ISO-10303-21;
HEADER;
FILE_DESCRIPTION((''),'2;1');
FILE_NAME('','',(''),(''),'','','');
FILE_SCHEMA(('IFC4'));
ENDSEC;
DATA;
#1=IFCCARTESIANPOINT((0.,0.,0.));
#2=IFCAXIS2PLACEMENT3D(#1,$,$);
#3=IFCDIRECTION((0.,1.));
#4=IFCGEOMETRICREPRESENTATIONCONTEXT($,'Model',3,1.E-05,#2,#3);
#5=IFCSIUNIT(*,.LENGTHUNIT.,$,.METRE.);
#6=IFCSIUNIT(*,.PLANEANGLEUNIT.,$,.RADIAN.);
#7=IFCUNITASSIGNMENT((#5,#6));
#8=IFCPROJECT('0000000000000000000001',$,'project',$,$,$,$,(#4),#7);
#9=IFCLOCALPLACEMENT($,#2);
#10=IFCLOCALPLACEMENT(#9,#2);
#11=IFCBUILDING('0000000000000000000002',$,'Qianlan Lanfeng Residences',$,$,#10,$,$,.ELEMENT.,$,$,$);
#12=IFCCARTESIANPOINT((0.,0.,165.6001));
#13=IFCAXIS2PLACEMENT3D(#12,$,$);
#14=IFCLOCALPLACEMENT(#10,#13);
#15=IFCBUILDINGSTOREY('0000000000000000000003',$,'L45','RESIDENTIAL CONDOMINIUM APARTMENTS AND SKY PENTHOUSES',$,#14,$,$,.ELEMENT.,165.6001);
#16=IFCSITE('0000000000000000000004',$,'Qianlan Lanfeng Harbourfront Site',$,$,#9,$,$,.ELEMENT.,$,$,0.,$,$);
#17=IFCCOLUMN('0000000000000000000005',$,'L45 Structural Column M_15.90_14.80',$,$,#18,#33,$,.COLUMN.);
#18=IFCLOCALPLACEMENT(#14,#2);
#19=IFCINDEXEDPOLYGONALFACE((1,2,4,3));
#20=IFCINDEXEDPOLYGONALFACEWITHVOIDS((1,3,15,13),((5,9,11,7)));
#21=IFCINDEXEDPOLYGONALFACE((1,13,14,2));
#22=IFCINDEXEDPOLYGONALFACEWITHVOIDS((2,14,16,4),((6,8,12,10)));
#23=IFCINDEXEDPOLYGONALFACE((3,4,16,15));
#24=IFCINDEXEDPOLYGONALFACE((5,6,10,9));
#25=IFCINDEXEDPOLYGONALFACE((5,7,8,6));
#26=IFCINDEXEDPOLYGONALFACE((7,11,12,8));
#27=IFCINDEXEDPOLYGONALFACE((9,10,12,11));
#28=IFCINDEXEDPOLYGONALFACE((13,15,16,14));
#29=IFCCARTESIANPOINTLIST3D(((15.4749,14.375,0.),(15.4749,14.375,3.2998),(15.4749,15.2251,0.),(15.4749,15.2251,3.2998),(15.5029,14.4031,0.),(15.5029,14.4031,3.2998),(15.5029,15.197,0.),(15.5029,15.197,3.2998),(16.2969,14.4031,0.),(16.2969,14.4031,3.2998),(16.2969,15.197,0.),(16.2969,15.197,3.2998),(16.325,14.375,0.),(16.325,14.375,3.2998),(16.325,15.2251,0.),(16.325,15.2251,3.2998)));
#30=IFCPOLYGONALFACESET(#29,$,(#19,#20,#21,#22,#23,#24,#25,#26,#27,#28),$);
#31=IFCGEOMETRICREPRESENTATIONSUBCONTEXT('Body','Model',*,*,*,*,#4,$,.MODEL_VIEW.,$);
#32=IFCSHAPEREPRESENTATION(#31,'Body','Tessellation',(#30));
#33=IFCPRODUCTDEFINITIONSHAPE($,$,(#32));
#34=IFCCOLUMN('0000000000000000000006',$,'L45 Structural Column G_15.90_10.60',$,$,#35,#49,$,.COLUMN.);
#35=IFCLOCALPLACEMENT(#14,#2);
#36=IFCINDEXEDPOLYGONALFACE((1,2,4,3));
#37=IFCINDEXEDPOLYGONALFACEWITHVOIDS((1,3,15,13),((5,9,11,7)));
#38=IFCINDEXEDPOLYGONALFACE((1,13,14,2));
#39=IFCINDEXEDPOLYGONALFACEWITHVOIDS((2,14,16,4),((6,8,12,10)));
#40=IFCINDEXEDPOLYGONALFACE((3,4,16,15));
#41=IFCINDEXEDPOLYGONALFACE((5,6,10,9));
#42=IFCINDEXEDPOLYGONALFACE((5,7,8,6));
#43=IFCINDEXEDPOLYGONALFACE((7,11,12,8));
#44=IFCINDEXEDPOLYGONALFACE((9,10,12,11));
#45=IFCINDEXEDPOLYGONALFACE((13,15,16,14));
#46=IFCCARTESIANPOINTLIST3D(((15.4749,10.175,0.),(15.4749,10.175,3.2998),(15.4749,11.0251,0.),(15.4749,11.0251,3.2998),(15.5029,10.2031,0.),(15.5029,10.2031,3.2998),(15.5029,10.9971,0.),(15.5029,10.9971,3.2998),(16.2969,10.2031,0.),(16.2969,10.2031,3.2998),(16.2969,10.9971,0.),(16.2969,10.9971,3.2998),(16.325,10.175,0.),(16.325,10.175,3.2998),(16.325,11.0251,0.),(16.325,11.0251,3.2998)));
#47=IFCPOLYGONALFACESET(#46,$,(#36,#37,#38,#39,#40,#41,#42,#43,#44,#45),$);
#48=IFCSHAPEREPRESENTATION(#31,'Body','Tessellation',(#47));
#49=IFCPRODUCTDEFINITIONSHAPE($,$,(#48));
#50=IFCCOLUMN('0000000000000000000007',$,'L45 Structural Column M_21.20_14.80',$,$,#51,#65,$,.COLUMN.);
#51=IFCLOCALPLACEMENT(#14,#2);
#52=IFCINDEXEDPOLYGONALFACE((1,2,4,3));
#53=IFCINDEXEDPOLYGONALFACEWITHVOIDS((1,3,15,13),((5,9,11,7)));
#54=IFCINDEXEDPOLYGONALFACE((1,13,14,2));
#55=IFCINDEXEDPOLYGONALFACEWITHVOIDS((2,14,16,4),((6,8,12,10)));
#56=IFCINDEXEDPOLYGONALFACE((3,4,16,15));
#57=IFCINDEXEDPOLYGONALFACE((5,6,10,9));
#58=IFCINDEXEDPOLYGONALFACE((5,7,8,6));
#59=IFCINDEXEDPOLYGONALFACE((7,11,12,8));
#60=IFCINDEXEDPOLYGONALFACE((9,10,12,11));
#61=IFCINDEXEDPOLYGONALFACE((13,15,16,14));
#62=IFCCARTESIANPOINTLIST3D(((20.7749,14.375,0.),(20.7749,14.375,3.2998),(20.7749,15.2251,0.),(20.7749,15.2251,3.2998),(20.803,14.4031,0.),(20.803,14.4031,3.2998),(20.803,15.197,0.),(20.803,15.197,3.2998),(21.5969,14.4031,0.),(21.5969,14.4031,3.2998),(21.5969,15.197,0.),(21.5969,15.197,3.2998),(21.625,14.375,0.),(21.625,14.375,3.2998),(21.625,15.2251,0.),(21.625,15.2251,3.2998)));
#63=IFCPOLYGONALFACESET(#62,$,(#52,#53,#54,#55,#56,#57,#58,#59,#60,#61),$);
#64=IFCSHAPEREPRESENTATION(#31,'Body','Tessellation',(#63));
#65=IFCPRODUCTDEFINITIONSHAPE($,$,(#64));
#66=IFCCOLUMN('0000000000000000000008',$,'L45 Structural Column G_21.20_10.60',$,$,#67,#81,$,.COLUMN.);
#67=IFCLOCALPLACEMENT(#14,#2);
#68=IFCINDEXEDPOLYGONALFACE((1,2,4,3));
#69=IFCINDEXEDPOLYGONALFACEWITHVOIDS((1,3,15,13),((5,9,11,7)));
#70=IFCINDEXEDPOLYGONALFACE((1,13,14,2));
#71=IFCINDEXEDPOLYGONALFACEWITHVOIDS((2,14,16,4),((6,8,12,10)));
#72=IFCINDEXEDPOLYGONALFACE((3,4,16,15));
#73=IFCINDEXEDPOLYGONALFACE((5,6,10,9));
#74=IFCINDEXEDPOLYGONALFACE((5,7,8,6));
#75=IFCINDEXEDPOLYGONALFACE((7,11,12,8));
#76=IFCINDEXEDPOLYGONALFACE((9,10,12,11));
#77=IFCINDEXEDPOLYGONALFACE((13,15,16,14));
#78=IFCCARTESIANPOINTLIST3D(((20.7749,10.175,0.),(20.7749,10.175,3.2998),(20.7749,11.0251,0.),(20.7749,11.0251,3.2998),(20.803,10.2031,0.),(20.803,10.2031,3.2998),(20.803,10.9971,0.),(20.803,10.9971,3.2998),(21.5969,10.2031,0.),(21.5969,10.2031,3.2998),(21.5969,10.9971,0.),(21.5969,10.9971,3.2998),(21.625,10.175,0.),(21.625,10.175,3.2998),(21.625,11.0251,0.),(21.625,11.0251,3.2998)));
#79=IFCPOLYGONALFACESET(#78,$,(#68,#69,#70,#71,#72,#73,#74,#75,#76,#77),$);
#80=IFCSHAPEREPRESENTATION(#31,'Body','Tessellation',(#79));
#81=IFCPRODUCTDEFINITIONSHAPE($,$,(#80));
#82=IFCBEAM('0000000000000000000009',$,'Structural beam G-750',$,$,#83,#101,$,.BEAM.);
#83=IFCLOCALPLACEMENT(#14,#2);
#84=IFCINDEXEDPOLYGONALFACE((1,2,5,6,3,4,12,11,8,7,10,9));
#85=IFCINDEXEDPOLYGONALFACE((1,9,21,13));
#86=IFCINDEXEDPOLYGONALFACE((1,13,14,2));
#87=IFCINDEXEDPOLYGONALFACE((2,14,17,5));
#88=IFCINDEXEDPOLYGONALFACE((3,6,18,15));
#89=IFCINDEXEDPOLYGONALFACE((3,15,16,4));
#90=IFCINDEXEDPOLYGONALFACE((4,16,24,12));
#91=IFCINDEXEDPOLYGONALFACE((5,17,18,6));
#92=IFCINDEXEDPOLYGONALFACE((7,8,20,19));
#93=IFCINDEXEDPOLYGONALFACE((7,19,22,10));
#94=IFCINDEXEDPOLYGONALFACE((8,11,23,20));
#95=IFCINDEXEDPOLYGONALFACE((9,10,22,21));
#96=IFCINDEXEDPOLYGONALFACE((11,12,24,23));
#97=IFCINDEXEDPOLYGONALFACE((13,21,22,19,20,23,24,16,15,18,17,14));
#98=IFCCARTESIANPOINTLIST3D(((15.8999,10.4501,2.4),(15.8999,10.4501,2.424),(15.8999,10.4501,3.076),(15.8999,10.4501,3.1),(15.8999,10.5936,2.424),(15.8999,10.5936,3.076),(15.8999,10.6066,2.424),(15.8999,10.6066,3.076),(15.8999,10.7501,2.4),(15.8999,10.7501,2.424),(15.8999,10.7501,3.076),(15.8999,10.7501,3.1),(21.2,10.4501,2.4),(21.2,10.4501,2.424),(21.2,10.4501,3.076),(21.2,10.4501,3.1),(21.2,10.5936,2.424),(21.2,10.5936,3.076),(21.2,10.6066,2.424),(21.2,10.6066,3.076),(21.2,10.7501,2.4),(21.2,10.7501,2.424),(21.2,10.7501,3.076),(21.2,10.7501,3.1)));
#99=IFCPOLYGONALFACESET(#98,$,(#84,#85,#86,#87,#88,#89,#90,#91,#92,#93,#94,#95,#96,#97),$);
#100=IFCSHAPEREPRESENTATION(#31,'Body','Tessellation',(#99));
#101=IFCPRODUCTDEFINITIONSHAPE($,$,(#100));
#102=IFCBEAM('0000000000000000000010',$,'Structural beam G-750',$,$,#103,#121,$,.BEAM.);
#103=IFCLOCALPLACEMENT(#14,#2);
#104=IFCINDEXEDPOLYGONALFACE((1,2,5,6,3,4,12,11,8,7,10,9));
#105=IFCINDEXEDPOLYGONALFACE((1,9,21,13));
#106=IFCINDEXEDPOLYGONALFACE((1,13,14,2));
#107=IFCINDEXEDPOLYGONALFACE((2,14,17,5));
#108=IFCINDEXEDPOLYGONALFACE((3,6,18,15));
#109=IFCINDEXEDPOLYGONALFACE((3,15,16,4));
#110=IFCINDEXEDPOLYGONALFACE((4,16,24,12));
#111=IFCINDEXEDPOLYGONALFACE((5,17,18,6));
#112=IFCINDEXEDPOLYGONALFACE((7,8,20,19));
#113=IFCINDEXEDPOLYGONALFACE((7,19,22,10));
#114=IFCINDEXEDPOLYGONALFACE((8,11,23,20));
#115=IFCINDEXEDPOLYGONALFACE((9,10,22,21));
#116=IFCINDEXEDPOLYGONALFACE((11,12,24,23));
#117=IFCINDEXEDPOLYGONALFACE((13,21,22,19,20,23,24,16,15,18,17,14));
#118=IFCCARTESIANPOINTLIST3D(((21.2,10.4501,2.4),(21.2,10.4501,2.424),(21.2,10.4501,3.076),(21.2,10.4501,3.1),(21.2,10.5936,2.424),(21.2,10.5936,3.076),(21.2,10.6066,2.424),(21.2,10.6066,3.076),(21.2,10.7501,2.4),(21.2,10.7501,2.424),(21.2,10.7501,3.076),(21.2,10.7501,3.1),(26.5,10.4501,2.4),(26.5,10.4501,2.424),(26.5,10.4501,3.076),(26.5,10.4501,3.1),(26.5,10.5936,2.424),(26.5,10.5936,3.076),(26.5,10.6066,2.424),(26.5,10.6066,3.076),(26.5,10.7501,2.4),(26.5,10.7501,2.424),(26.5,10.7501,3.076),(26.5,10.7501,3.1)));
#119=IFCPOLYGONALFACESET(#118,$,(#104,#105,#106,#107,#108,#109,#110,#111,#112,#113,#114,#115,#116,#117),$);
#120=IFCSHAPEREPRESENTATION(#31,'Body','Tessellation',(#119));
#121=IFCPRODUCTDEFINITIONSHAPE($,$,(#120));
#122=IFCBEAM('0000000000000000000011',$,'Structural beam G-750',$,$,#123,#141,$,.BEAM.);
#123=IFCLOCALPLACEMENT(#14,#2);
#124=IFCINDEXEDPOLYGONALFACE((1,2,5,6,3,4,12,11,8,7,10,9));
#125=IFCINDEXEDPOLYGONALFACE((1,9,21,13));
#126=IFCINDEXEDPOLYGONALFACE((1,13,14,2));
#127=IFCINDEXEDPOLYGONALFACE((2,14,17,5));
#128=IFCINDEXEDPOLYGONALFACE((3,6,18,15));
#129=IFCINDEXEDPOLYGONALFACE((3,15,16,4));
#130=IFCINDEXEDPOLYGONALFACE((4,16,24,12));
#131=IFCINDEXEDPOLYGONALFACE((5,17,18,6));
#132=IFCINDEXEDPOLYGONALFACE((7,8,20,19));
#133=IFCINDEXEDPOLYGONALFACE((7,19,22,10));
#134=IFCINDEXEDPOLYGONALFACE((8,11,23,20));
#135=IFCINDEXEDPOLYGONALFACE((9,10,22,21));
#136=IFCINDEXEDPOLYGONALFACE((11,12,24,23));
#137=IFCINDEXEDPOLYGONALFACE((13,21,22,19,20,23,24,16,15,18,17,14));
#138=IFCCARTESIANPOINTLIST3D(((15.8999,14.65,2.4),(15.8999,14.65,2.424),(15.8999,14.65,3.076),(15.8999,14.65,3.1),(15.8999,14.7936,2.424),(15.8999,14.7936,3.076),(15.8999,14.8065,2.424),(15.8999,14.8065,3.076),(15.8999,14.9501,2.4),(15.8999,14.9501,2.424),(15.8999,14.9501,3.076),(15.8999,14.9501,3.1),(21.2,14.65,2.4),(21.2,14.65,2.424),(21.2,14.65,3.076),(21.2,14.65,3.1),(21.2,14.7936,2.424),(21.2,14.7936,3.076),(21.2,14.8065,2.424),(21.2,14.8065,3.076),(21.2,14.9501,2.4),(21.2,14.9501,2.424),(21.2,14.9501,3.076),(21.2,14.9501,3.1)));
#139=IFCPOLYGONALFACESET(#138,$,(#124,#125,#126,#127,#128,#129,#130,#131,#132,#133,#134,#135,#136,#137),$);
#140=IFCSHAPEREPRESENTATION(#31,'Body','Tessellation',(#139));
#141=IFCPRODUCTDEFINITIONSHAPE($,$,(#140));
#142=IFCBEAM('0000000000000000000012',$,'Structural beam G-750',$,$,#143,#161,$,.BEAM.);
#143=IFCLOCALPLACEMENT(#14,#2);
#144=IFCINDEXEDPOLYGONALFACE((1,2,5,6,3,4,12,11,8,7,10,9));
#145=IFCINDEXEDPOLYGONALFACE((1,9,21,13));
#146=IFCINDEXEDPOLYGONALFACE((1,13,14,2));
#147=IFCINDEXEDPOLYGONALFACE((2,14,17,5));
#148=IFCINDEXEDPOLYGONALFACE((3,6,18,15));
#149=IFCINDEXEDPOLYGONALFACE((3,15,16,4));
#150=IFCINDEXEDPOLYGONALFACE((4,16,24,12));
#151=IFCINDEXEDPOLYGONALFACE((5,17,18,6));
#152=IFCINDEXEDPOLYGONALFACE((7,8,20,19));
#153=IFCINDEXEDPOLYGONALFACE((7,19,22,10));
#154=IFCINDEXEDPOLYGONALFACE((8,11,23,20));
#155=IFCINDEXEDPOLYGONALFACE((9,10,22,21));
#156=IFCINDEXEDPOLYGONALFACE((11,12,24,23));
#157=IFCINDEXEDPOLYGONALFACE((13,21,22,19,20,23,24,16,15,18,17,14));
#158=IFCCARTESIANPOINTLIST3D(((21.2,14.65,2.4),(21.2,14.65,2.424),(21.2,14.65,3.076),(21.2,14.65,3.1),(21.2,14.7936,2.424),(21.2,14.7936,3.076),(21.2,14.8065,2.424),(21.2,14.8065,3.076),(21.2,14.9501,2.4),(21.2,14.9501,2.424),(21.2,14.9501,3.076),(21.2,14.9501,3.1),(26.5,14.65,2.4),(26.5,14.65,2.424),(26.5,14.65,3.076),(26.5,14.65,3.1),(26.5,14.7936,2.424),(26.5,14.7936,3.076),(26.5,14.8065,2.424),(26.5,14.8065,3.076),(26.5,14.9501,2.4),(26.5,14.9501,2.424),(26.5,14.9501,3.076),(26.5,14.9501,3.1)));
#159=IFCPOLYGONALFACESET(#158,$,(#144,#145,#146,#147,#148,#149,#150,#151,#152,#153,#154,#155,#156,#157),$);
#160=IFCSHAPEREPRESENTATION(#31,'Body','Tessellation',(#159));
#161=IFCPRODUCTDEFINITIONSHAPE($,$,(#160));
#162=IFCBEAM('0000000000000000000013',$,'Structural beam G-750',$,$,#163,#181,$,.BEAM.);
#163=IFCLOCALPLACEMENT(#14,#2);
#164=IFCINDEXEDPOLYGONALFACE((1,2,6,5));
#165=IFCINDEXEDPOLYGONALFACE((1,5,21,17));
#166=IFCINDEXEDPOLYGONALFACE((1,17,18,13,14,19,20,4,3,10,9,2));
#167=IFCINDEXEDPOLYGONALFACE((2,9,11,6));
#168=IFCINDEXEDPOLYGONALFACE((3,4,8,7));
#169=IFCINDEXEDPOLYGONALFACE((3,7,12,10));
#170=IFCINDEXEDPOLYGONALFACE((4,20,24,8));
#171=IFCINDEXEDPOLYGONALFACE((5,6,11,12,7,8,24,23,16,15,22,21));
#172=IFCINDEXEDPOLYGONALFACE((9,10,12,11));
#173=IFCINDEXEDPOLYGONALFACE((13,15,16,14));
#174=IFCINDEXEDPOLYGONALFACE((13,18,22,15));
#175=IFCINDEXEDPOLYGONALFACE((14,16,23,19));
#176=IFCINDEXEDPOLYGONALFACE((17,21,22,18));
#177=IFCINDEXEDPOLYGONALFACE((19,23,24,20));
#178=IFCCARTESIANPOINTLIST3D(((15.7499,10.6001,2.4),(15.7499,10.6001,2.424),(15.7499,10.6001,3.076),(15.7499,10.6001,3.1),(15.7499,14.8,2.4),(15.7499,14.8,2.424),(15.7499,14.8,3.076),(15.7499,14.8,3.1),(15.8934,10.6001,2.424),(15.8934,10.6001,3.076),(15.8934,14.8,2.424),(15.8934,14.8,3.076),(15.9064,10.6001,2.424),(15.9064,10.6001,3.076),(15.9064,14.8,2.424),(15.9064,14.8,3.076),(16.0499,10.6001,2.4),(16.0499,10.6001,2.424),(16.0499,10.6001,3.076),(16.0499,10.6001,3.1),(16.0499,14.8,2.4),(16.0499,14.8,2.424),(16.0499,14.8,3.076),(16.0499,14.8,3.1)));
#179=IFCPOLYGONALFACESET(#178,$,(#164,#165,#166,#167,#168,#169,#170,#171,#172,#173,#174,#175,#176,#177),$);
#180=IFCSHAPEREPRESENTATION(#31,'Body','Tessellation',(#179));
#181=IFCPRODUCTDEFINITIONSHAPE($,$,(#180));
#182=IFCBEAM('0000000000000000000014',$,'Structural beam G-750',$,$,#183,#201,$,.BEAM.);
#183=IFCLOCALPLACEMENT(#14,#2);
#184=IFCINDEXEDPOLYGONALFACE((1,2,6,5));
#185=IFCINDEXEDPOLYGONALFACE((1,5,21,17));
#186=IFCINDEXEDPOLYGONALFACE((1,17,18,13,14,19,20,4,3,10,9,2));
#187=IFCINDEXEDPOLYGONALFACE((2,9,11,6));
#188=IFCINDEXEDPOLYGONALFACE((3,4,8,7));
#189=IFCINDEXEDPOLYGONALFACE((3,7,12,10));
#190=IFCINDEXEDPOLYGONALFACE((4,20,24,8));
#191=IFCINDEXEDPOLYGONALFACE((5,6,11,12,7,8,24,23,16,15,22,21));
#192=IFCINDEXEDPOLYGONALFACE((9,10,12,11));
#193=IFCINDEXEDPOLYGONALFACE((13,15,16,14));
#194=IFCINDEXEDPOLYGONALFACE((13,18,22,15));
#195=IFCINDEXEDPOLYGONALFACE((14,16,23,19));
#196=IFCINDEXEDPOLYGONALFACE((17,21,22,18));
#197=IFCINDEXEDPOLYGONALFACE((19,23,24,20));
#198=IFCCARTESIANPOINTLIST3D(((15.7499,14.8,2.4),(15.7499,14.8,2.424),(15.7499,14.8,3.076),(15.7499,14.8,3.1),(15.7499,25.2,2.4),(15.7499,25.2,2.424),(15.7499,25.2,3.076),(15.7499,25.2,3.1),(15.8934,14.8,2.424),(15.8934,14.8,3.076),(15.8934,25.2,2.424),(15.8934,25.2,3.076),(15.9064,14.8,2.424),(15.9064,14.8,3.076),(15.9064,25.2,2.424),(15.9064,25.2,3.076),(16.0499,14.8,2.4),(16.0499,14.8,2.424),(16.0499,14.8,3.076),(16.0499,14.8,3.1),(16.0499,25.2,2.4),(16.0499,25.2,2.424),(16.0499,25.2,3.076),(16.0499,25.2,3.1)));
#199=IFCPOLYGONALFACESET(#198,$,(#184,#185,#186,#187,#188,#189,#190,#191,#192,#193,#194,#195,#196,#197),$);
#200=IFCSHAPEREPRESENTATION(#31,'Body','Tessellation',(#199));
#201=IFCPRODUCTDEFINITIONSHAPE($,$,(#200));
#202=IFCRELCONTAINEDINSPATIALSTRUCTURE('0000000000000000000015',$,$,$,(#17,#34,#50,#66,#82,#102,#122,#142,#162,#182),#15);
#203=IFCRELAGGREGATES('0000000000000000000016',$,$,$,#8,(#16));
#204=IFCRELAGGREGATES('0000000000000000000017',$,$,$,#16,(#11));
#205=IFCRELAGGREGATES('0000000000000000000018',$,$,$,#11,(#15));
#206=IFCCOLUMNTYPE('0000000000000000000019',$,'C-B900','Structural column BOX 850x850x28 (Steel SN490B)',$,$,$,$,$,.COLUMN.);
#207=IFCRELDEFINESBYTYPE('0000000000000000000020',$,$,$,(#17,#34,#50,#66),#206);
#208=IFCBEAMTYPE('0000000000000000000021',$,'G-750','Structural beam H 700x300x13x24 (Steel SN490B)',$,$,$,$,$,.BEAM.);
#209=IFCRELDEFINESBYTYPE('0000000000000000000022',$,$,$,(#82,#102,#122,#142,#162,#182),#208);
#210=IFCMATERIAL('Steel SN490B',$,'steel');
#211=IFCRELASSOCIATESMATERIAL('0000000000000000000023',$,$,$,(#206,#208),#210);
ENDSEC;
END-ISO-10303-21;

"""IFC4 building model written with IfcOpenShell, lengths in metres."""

from ifc_helpers import new_model, si_unit, direction, frame, origin, origin_2d, place, context, subcontext, project, spatial, hollow_rectangle, i_section, extrude, material, material_profile, profile_set, type_object, element, save


model = new_model("IFC4")

# Units and contexts
model_context = context("Model", 3, precision=1e-05, world=origin(), true_north=direction((0.0, 1.0)))
body_context = subcontext(model_context, "Body", "Model", "MODEL_VIEW")
ifc_project = project(units=[si_unit("LENGTHUNIT", "METRE"), si_unit("PLANEANGLEUNIT", "RADIAN")], contexts=[model_context])

# Site, building, storey
site_placement = place(None, origin())
site = spatial("IfcSite", under=ifc_project, at=site_placement, Name="Qianlan Lanfeng Harbourfront Site", CompositionType="ELEMENT", RefElevation=0.0)
building_placement = place(site_placement, origin())
building = spatial("IfcBuilding", under=site, at=building_placement, Name="Qianlan Lanfeng Residences", CompositionType="ELEMENT")
storey_placement = place(building_placement, frame((0.0, 0.0, 165.6001)))
storey = spatial("IfcBuildingStorey", under=building, at=storey_placement, Name="L45", Description="RESIDENTIAL CONDOMINIUM APARTMENTS AND SKY PENTHOUSES", CompositionType="ELEMENT", Elevation=165.6001)

# Columns
ifc_material_1 = material(Name="Steel SN490B", Category="steel")
ifc_material_profile_1 = material_profile(ifc_material_1, hollow_rectangle(XDim=0.8501, YDim=0.8501, WallThickness=0.0281, at=origin_2d()), Name="BOX 850x850x28")
ifc_profile_set_1 = profile_set([ifc_material_profile_1], Name="Steel SN490B")
column_type = type_object("IfcColumnType", Name="C-B900", Description="Structural column BOX 850x850x28 (Steel SN490B)", PredefinedType="COLUMN", material=ifc_profile_set_1)
for number, where, z_axis, x_axis, name in (
    (1, (15.8999, 14.8, 0.0), (0.0, 0.0, 1.0), (1.0, 0.0, 0.0), "L45 Structural Column M_15.90_14.80"),
    (2, (15.8999, 10.6001, 0.0), (0.0, 0.0, 1.0), (1.0, 0.0, 0.0), "L45 Structural Column G_15.90_10.60"),
    (3, (21.2, 14.8, 0.0), (0.0, 0.0, 1.0), (1.0, 0.0, 0.0), "L45 Structural Column M_21.20_14.80"),
    (4, (21.2, 10.6001, 0.0), (0.0, 0.0, 1.0), (1.0, 0.0, 0.0), "L45 Structural Column G_21.20_10.60"),
):
    element("IfcColumn", number, at=place(storey_placement, frame(where, z_axis=z_axis, x_axis=x_axis)), inside=storey, type_object=column_type, Name=name, PredefinedType="COLUMN", context=body_context, shape_type="SweptSolid", body=[
        extrude(hollow_rectangle(XDim=0.8501, YDim=0.8501, WallThickness=0.0281, at=origin_2d()), origin(), (0.0, 0.0, 1.0), 3.2998),
    ])

# Beams
ifc_material_profile_2 = material_profile(ifc_material_1, i_section(OverallWidth=0.3, OverallDepth=0.7, WebThickness=0.0129, FlangeThickness=0.0239, at=origin_2d()), Name="H 700x300x13x24")
ifc_profile_set_2 = profile_set([ifc_material_profile_2], Name="Steel SN490B")
beam_type_1 = type_object("IfcBeamType", Name="G-750", Description="Structural beam H 700x300x13x24 (Steel SN490B)", PredefinedType="BEAM", material=ifc_profile_set_2)
for number, where, z_axis, x_axis, name in (
    (5, (15.8999, 10.6001, 2.75), (1.0, 0.0, 0.0), (0.0, 1.0, 0.0), "Structural beam G-750"),
    (6, (21.2, 10.6001, 2.75), (1.0, 0.0, 0.0), (0.0, 1.0, 0.0), "Structural beam G-750"),
    (7, (15.8999, 14.8, 2.75), (1.0, 0.0, 0.0), (0.0, 1.0, 0.0), "Structural beam G-750"),
    (8, (21.2, 14.8, 2.75), (1.0, 0.0, 0.0), (0.0, 1.0, 0.0), "Structural beam G-750"),
):
    element("IfcBeam", number, at=place(storey_placement, frame(where, z_axis=z_axis, x_axis=x_axis)), inside=storey, type_object=beam_type_1, Name=name, PredefinedType="BEAM", context=body_context, shape_type="SweptSolid", body=[
        extrude(i_section(OverallWidth=0.3, OverallDepth=0.7, WebThickness=0.0129, FlangeThickness=0.0239, at=origin_2d()), origin(), (0.0, 0.0, 1.0), 5.3),
    ])
beam_1_placement = place(storey_placement, frame((15.8999, 10.6001, 2.75), z_axis=(0.0, 1.0, 0.0), x_axis=(-1.0, 0.0, 0.0)))
element("IfcBeam", 9, at=beam_1_placement, inside=storey, type_object=beam_type_1, Name="Structural beam G-750", PredefinedType="BEAM", context=body_context, shape_type="SweptSolid", body=[
    extrude(i_section(OverallWidth=0.3, OverallDepth=0.7, WebThickness=0.0129, FlangeThickness=0.0239, at=origin_2d()), origin(), (0.0, 0.0, 1.0), 4.2),
])
beam_2_placement = place(storey_placement, frame((15.8999, 14.8, 2.75), z_axis=(0.0, 1.0, 0.0), x_axis=(-1.0, 0.0, 0.0)))
element("IfcBeam", 10, at=beam_2_placement, inside=storey, type_object=beam_type_1, Name="Structural beam G-750", PredefinedType="BEAM", context=body_context, shape_type="SweptSolid", body=[
    extrude(i_section(OverallWidth=0.3, OverallDepth=0.7, WebThickness=0.0129, FlangeThickness=0.0239, at=origin_2d()), origin(), (0.0, 0.0, 1.0), 10.3999),
])

save(model, "model.ifc")
